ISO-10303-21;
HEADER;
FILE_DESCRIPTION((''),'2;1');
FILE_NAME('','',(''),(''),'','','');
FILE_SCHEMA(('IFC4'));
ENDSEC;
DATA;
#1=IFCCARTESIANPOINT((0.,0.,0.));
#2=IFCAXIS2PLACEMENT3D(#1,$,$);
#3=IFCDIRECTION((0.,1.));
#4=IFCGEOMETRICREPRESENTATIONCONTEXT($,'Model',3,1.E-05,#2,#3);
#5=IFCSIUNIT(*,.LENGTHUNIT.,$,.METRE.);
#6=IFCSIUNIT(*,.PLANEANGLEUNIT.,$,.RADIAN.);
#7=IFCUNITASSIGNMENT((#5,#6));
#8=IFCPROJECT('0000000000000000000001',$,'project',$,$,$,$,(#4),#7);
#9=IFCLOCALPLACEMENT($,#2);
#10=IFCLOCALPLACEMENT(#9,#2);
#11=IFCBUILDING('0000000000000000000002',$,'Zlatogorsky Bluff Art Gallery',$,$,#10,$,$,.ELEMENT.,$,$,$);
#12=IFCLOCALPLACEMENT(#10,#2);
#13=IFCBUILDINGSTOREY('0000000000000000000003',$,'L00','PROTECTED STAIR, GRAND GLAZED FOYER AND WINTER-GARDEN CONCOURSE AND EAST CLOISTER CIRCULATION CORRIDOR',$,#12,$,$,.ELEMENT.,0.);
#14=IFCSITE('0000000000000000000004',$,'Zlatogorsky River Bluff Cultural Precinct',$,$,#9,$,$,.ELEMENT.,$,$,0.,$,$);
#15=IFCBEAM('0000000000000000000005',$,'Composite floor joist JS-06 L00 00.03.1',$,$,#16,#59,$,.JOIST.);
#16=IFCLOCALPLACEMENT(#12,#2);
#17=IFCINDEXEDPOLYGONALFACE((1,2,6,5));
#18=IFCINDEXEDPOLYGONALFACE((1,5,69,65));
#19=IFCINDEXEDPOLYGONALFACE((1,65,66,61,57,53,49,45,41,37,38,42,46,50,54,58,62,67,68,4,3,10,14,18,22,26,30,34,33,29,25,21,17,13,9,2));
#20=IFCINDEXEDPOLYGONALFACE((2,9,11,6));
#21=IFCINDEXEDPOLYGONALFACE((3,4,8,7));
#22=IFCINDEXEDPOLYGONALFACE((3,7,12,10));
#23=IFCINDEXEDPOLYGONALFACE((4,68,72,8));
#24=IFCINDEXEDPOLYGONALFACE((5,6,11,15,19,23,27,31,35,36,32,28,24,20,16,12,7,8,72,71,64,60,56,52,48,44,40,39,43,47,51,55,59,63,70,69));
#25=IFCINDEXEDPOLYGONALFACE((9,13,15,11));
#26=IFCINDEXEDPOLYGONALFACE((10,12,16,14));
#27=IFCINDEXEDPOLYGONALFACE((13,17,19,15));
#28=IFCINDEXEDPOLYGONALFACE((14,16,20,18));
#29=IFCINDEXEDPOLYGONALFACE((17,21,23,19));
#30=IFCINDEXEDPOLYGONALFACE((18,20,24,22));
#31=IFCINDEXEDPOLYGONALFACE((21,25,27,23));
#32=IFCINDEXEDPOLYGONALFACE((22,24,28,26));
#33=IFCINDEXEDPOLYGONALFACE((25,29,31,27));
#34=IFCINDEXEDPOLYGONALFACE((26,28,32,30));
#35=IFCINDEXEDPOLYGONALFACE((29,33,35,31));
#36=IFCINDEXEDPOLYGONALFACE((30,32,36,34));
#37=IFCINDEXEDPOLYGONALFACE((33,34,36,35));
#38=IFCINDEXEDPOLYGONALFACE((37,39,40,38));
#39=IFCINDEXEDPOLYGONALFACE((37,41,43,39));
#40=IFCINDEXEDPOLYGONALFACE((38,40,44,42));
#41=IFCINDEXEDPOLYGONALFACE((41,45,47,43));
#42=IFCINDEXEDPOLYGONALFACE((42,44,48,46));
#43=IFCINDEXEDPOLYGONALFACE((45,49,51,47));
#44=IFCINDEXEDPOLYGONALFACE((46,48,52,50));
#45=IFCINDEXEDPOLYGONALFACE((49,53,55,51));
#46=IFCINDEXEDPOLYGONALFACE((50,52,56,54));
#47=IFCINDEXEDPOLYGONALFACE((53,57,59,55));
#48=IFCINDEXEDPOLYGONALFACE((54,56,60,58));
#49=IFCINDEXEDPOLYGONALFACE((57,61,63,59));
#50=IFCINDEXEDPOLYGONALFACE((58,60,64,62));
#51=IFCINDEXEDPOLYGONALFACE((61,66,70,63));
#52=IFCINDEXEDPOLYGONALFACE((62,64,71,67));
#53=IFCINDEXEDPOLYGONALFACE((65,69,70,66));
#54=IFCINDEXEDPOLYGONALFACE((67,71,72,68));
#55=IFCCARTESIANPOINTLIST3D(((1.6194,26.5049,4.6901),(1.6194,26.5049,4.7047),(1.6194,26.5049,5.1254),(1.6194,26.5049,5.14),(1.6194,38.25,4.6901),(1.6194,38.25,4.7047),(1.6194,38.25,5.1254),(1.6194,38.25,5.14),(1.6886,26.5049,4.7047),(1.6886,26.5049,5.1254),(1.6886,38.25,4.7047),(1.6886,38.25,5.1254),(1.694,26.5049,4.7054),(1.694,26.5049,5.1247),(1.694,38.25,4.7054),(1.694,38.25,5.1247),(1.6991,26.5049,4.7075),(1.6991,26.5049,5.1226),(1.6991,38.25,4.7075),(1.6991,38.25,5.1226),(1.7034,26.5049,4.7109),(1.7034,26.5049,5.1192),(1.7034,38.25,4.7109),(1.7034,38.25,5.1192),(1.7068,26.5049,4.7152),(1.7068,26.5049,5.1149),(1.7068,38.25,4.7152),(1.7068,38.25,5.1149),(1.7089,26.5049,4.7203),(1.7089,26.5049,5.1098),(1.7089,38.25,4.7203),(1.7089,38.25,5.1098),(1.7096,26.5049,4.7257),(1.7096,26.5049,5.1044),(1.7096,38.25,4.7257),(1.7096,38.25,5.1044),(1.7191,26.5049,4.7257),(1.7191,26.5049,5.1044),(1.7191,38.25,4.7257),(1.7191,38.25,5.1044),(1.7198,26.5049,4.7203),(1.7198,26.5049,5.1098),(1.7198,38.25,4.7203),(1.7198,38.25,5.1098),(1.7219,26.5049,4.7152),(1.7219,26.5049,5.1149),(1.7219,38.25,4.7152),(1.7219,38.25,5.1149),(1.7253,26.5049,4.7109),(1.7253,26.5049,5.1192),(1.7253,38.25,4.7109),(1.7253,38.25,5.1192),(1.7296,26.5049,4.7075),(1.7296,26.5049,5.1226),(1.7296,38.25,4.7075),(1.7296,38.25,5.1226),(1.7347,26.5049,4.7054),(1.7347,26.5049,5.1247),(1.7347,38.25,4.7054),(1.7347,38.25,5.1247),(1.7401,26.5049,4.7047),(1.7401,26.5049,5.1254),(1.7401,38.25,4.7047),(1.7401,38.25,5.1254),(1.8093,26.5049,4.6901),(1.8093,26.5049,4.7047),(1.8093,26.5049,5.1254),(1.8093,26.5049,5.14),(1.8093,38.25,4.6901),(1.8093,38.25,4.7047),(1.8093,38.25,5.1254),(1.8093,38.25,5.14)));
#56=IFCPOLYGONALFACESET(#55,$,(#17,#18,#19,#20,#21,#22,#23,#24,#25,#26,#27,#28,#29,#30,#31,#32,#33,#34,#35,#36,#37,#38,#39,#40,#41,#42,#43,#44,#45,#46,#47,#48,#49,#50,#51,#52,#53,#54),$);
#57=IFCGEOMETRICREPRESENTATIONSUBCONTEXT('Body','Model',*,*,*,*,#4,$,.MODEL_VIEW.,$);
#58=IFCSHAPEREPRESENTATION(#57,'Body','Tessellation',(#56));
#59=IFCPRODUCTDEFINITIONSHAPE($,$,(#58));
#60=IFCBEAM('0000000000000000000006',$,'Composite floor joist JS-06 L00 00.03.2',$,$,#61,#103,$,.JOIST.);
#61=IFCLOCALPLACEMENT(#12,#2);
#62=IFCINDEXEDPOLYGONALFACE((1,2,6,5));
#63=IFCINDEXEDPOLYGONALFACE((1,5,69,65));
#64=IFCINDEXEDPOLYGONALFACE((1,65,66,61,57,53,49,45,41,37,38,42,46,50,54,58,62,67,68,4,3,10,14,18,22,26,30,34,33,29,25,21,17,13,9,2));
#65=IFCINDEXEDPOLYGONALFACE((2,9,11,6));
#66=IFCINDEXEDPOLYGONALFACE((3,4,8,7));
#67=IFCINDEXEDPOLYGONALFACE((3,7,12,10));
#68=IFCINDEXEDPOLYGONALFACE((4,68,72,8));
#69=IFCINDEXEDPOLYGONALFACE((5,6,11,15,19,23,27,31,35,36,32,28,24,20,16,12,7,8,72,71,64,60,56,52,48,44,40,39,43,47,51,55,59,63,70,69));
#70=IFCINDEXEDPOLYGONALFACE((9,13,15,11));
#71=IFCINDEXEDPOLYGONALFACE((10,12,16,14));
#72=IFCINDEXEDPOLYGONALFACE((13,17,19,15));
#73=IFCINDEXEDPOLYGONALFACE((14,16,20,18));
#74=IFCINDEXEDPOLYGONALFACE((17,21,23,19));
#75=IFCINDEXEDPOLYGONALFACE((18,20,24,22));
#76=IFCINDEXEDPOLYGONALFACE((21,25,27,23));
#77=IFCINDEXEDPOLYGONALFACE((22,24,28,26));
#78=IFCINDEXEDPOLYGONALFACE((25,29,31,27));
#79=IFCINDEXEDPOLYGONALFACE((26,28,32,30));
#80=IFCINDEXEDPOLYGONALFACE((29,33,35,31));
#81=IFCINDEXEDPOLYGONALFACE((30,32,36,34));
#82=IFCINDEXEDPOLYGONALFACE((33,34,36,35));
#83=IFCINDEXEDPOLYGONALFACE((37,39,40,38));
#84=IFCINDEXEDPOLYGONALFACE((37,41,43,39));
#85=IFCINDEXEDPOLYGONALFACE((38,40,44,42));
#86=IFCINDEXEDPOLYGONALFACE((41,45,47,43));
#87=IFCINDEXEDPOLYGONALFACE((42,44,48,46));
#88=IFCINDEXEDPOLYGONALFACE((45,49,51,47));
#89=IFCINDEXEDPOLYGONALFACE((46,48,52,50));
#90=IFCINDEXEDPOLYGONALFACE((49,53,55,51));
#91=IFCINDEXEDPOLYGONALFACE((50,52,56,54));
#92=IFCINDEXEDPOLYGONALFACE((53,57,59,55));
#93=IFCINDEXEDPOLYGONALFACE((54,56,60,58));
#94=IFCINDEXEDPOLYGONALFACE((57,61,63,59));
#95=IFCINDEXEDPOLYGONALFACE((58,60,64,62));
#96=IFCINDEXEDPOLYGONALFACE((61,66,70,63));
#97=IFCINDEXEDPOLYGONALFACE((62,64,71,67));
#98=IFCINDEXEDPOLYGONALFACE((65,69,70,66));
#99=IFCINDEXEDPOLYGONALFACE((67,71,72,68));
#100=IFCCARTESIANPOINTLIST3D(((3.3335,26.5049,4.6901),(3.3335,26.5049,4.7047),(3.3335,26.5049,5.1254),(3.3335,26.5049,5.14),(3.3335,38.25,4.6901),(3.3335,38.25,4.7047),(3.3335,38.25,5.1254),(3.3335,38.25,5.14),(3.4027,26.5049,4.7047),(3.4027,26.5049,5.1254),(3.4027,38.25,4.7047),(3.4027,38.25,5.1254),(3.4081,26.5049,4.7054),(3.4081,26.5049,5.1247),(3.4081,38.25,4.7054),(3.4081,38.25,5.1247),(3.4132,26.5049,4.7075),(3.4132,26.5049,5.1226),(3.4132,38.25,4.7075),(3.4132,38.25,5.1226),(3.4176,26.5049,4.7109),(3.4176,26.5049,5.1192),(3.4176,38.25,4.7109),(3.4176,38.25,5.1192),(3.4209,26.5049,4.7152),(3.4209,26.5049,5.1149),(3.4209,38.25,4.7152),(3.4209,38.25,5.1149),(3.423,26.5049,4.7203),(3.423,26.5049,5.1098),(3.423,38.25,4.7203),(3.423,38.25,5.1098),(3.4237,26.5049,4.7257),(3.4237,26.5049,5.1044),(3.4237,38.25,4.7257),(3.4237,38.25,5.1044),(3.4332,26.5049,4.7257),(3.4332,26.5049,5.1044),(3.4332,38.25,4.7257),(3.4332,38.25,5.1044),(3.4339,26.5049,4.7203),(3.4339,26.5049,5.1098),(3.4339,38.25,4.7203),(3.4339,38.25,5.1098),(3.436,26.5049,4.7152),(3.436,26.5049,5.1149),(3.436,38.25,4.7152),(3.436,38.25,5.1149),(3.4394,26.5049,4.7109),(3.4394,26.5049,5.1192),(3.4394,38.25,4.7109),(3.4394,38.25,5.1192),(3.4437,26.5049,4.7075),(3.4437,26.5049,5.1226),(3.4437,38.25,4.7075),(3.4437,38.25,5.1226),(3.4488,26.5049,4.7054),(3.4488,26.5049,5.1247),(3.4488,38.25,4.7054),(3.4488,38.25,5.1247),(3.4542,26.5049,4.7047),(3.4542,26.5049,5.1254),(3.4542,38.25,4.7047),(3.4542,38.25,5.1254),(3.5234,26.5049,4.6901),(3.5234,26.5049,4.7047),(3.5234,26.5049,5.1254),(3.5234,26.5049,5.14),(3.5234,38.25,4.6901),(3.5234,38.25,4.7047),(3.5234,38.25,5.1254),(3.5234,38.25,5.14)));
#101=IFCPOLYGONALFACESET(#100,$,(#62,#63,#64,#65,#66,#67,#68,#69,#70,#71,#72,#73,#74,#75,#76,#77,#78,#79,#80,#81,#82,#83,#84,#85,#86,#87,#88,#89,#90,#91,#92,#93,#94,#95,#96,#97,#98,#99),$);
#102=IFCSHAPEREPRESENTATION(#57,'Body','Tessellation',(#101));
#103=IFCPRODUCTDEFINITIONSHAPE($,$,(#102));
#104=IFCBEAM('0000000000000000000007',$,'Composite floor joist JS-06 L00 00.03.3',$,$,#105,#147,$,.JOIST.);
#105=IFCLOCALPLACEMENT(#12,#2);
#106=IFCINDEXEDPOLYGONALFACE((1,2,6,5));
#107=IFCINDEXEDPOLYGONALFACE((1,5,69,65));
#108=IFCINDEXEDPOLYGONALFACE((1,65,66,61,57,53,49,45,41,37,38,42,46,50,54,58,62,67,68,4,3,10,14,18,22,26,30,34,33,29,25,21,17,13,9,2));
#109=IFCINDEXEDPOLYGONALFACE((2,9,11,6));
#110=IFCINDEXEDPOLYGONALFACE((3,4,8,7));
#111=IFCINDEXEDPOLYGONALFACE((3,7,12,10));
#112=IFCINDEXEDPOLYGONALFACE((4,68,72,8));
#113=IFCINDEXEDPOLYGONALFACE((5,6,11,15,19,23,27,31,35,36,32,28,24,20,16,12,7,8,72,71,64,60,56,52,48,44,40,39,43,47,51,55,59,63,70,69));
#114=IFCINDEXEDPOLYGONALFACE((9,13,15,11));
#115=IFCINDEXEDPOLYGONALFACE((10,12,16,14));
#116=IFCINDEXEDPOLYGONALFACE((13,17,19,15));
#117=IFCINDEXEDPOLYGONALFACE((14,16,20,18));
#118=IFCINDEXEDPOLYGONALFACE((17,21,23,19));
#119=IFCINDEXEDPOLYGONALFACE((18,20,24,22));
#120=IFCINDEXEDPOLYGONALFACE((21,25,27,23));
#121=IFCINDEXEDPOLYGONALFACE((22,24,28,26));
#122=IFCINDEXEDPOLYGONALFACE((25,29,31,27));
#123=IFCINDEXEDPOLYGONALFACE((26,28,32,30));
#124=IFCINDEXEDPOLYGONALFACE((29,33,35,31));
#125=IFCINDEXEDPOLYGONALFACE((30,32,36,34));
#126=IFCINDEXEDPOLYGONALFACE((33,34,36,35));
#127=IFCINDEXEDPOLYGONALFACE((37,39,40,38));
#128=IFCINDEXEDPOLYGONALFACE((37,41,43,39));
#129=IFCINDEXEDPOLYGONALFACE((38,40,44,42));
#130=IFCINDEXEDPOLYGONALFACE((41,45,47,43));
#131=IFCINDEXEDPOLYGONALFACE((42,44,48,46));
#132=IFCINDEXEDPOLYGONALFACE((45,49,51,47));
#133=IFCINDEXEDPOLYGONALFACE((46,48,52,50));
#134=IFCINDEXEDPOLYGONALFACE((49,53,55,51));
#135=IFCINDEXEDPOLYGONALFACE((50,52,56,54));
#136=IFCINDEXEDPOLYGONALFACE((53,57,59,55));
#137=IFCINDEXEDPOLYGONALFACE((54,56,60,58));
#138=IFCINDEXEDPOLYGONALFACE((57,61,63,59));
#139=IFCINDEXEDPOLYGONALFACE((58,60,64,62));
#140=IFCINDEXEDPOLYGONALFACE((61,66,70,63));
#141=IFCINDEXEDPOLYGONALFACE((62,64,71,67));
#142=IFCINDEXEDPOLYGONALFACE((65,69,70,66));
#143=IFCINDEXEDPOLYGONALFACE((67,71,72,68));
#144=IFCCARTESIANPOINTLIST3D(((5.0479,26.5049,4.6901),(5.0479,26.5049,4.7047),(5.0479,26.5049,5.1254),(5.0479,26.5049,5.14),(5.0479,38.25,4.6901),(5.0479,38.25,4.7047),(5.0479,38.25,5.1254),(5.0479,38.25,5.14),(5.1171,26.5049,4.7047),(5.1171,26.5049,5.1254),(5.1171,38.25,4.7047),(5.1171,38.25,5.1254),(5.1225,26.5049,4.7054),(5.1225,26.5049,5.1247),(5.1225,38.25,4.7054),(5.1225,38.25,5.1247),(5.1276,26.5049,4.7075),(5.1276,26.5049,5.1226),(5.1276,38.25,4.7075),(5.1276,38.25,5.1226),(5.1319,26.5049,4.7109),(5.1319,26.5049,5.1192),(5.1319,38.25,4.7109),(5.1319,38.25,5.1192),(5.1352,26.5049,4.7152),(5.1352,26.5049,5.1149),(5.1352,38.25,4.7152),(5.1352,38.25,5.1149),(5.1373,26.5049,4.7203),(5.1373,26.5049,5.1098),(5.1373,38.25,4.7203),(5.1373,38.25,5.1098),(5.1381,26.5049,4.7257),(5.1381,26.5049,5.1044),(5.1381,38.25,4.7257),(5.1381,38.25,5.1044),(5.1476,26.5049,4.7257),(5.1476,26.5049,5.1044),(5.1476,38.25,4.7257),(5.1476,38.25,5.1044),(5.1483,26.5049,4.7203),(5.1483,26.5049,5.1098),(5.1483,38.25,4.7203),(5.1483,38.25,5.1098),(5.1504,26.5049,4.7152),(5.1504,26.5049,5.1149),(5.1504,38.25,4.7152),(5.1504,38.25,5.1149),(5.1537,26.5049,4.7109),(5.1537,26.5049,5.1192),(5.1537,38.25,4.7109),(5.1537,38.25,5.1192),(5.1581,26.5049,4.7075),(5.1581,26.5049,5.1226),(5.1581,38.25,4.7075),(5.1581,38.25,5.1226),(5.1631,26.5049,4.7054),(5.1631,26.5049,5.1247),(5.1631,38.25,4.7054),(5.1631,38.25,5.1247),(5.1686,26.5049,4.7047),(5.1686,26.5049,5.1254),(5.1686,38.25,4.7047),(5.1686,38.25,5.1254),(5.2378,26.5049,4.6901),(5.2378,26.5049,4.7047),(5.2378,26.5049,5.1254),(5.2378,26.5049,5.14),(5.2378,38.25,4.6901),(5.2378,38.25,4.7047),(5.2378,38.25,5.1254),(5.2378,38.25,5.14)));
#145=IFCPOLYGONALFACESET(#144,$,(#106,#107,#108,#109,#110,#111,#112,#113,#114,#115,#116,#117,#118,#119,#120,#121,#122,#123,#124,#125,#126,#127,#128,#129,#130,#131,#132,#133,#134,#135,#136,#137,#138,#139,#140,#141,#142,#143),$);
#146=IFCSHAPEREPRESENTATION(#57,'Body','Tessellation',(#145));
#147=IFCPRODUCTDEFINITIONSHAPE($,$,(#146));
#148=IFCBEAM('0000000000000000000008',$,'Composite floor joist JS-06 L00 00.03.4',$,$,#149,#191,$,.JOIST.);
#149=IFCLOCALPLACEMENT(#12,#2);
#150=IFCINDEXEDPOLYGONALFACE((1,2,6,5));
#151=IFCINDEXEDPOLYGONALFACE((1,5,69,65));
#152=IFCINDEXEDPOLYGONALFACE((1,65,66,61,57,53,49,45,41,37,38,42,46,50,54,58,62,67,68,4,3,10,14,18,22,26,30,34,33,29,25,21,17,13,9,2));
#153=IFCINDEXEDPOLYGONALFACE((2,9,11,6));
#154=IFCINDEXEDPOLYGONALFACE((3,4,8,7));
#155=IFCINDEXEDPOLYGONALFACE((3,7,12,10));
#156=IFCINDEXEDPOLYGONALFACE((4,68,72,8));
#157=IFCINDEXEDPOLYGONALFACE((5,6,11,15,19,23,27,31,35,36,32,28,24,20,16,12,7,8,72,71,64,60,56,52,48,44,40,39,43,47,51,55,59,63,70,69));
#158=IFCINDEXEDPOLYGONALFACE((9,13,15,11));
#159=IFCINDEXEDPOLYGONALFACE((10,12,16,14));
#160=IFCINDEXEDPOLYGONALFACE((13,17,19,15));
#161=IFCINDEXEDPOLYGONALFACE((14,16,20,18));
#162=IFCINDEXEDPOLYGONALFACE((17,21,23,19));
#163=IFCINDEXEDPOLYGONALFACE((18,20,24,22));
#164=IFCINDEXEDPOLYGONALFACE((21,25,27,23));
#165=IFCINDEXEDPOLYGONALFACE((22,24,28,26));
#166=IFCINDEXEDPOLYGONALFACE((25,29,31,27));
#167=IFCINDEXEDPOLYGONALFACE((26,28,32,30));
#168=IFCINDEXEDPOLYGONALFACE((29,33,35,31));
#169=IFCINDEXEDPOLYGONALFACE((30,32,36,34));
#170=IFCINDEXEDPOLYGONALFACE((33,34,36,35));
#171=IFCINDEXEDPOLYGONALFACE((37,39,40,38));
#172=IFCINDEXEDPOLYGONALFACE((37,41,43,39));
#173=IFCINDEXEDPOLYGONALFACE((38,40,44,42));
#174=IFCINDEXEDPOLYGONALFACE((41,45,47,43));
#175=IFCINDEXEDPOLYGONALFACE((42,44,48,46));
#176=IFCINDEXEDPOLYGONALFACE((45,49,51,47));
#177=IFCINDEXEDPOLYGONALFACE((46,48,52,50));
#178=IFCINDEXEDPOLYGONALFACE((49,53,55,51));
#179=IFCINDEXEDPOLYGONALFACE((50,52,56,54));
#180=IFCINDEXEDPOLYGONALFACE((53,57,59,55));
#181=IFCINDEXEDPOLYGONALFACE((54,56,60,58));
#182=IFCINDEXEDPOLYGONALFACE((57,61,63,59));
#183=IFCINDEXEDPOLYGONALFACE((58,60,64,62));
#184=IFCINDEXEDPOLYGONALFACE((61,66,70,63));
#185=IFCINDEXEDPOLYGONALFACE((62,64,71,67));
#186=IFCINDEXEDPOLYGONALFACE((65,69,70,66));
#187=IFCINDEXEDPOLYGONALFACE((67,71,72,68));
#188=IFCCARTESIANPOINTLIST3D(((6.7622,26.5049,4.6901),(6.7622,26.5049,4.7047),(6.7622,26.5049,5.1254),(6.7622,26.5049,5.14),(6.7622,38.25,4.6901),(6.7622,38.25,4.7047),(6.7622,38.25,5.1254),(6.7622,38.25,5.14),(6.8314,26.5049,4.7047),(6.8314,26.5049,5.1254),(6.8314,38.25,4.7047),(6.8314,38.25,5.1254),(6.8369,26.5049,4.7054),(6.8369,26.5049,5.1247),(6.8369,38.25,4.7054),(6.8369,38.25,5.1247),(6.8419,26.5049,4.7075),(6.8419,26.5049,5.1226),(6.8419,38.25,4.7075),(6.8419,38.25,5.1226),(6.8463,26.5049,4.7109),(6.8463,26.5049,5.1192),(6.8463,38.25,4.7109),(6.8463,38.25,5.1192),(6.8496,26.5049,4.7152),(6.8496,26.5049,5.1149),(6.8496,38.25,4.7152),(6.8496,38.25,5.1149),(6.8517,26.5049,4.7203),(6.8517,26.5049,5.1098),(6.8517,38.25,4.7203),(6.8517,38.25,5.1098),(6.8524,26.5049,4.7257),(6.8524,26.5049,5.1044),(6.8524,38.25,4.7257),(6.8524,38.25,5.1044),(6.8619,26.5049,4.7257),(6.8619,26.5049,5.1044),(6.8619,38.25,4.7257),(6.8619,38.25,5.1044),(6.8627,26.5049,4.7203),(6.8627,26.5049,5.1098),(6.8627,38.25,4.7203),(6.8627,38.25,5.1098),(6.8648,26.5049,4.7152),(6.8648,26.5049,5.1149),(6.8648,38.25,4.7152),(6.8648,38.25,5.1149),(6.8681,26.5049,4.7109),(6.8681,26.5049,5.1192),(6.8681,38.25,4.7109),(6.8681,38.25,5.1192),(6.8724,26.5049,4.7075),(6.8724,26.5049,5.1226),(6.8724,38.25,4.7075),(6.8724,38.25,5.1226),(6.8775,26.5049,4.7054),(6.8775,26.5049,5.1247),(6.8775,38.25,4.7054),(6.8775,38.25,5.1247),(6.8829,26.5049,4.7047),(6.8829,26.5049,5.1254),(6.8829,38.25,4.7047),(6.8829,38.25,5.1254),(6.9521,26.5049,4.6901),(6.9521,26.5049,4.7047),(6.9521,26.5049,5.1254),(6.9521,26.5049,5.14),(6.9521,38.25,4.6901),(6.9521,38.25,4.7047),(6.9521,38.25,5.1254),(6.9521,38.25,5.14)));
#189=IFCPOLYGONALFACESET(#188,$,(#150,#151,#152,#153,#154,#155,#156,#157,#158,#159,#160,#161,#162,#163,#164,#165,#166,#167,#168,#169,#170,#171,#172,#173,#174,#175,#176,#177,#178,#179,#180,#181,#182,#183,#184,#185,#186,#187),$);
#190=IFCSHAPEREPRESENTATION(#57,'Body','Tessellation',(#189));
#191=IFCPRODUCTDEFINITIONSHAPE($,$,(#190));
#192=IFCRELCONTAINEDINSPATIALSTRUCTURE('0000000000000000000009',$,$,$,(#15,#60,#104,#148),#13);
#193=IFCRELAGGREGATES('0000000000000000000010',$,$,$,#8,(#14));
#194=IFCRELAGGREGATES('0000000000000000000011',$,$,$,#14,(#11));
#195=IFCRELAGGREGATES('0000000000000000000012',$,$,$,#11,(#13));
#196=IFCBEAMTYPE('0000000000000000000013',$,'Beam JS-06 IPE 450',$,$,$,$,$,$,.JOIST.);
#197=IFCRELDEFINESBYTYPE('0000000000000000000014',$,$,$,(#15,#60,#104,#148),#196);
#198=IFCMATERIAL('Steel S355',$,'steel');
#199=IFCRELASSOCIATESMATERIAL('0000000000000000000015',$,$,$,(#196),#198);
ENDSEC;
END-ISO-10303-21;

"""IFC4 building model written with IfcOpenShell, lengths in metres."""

from ifc_helpers import new_model, si_unit, direction, frame, origin, origin_2d, place, context, subcontext, project, spatial, i_section, extrude, material, material_profile, profile_set, type_object, element, save


model = new_model("IFC4")

# Units and contexts
model_context = context("Model", 3, precision=1e-05, world=origin(), true_north=direction((0.0, 1.0)))
body_context = subcontext(model_context, "Body", "Model", "MODEL_VIEW")
ifc_project = project(units=[si_unit("LENGTHUNIT", "METRE"), si_unit("PLANEANGLEUNIT", "RADIAN")], contexts=[model_context])

# Site, building, storey
site_placement = place(None, origin())
site = spatial("IfcSite", under=ifc_project, at=site_placement, Name="Zlatogorsky River Bluff Cultural Precinct", CompositionType="ELEMENT", RefElevation=0.0)
building_placement = place(site_placement, origin())
building = spatial("IfcBuilding", under=site, at=building_placement, Name="Zlatogorsky Bluff Art Gallery", CompositionType="ELEMENT")
storey_placement = place(building_placement, origin())
storey = spatial("IfcBuildingStorey", under=building, at=storey_placement, Name="L00", Description="PROTECTED STAIR, GRAND GLAZED FOYER AND WINTER-GARDEN CONCOURSE AND EAST CLOISTER CIRCULATION CORRIDOR", CompositionType="ELEMENT", Elevation=0.0)

# Shared definitions
ifc_material_1 = material(Name="Steel S355", Category="steel")

# Beams
ifc_material_profile_1 = material_profile(ifc_material_1, i_section(OverallWidth=0.1899, OverallDepth=0.45, WebThickness=0.0095, FlangeThickness=0.0146, FilletRadius=0.021, at=origin_2d()), Name="IPE 450")
ifc_profile_set_1 = profile_set([ifc_material_profile_1], Name="Steel S355")
beam_type_1 = type_object("IfcBeamType", Name="Beam JS-06 IPE 450", PredefinedType="JOIST", material=ifc_profile_set_1)
for number, where, z_axis, x_axis, name in (
    (1, (1.7144, 26.5049, 4.915), (0.0, 1.0, 0.0), (-1.0, 0.0, 0.0), "Composite floor joist JS-06 L00 00.03.1"),
    (2, (3.4285, 26.5049, 4.915), (0.0, 1.0, 0.0), (-1.0, 0.0, 0.0), "Composite floor joist JS-06 L00 00.03.2"),
    (3, (5.1428, 26.5049, 4.915), (0.0, 1.0, 0.0), (-1.0, 0.0, 0.0), "Composite floor joist JS-06 L00 00.03.3"),
    (4, (6.8572, 26.5049, 4.915), (0.0, 1.0, 0.0), (-1.0, 0.0, 0.0), "Composite floor joist JS-06 L00 00.03.4"),
):
    element("IfcBeam", number, at=place(storey_placement, frame(where, z_axis=z_axis, x_axis=x_axis)), inside=storey, type_object=beam_type_1, Name=name, PredefinedType="JOIST", context=body_context, shape_type="SweptSolid", body=[
        extrude(i_section(OverallWidth=0.1899, OverallDepth=0.45, WebThickness=0.0095, FlangeThickness=0.0146, FilletRadius=0.021, at=origin_2d()), origin(), (0.0, 0.0, 1.0), 11.7451),
    ])

save(model, "model.ifc")
